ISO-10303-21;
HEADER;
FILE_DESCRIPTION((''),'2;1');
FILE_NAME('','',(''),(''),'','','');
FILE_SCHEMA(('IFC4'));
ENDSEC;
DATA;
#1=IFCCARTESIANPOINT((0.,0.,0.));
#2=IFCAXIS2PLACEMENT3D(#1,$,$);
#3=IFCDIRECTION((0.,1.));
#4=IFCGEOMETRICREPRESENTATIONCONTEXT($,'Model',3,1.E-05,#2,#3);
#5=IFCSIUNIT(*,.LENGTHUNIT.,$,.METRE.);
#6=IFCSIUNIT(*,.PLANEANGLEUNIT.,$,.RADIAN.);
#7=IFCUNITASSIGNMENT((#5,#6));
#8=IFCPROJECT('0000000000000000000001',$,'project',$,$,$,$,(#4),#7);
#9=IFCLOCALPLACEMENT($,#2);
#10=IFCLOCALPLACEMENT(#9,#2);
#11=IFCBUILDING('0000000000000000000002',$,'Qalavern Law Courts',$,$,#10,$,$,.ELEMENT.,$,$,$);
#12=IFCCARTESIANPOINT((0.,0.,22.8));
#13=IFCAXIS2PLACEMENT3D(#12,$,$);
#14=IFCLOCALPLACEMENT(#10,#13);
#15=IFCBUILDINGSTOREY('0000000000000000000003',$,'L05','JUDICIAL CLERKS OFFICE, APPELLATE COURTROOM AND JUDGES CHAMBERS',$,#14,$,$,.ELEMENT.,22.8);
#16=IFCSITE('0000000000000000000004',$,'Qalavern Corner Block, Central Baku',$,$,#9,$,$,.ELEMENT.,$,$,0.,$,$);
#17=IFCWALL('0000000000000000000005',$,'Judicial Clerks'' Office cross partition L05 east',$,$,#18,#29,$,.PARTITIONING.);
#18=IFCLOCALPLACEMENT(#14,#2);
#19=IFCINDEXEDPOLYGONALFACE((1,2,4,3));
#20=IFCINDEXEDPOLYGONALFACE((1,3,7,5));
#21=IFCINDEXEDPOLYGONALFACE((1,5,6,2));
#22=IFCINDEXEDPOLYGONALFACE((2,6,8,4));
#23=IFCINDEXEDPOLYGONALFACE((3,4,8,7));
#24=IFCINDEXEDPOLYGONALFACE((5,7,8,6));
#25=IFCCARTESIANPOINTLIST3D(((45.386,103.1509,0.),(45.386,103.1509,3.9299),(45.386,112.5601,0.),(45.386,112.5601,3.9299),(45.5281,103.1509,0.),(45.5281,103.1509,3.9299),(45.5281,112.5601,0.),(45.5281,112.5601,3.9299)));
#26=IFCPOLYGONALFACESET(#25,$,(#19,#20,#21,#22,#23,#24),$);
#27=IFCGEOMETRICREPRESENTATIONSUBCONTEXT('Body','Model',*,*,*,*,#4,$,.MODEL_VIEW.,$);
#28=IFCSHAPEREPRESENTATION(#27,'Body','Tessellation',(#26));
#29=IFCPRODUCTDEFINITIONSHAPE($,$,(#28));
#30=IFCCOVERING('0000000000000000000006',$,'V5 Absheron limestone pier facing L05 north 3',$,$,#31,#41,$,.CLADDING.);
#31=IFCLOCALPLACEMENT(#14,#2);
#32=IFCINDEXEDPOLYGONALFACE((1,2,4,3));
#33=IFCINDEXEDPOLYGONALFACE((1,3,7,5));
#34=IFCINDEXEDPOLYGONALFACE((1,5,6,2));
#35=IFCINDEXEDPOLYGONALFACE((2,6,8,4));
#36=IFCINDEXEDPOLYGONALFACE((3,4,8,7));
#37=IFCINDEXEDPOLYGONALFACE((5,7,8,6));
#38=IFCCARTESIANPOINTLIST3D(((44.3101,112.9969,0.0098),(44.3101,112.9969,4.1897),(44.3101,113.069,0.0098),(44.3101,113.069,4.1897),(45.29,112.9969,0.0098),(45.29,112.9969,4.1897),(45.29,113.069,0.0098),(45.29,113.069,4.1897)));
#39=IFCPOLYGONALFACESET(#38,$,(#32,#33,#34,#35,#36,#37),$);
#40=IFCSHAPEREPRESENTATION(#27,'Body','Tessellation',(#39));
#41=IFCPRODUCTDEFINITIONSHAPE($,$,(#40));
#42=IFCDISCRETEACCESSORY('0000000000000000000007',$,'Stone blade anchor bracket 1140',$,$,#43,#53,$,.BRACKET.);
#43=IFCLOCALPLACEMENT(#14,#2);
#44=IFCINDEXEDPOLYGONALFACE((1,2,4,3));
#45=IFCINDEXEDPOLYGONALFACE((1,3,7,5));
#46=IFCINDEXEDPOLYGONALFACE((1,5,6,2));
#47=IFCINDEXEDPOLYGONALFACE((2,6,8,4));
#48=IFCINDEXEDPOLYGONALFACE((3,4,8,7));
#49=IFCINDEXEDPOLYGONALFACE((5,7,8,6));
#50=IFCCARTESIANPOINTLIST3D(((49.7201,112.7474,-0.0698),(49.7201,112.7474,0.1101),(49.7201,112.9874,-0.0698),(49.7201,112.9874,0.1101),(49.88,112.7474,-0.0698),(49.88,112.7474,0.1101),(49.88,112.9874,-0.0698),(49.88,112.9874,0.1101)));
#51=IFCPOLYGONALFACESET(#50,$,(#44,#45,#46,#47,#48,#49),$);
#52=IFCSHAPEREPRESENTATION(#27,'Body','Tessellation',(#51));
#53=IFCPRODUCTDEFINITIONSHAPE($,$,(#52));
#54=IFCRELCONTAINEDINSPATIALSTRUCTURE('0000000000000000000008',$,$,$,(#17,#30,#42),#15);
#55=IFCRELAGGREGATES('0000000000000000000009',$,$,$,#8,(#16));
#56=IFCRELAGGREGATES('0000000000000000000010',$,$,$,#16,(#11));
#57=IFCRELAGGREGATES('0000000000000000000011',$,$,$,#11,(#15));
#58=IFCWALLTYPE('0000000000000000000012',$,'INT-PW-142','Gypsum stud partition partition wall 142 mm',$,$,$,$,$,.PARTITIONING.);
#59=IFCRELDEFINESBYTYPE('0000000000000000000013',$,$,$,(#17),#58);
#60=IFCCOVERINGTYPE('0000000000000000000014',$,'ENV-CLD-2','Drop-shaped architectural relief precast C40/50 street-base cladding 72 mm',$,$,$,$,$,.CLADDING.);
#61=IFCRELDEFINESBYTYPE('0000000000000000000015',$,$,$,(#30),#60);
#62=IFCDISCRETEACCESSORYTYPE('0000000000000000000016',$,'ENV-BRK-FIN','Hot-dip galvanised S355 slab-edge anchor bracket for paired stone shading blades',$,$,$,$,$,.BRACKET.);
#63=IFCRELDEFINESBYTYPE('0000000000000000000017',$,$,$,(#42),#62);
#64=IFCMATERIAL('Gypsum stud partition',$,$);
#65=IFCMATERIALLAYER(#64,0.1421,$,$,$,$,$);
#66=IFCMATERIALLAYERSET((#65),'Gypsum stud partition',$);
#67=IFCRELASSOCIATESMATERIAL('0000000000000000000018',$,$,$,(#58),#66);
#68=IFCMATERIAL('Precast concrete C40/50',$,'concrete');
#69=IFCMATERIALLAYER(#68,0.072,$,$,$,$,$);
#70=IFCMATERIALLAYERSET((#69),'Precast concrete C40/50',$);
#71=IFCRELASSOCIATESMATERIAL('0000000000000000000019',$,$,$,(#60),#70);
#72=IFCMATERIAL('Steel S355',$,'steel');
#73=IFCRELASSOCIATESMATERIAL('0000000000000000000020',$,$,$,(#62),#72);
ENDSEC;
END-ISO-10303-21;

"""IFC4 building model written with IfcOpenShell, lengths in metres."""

from ifc_helpers import new_model, si_unit, direction, frame, frame_2d, origin, origin_2d, place, context, subcontext, project, spatial, rectangle, extrude, material, layer, layer_set, type_object, element, save


model = new_model("IFC4")

# Units and contexts
model_context = context("Model", 3, precision=1e-05, world=origin(), true_north=direction((0.0, 1.0)))
body_context = subcontext(model_context, "Body", "Model", "MODEL_VIEW")
ifc_project = project(units=[si_unit("LENGTHUNIT", "METRE"), si_unit("PLANEANGLEUNIT", "RADIAN")], contexts=[model_context])

# Site, building, storey
site_placement = place(None, origin())
site = spatial("IfcSite", under=ifc_project, at=site_placement, Name="Qalavern Corner Block, Central Baku", CompositionType="ELEMENT", RefElevation=0.0)
building_placement = place(site_placement, origin())
building = spatial("IfcBuilding", under=site, at=building_placement, Name="Qalavern Law Courts", CompositionType="ELEMENT")
storey_placement = place(building_placement, frame((0.0, 0.0, 22.8)))
storey = spatial("IfcBuildingStorey", under=building, at=storey_placement, Name="L05", Description="JUDICIAL CLERKS OFFICE, APPELLATE COURTROOM AND JUDGES CHAMBERS", CompositionType="ELEMENT", Elevation=22.8)

# Shared definitions
ifc_material_1 = material(Name="Steel S355", Category="steel")

# Wall
ifc_material_2 = material(Name="Gypsum stud partition")
ifc_layer_1 = layer(ifc_material_2, 0.1421)
ifc_layer_set_1 = layer_set([ifc_layer_1], Name="Gypsum stud partition")
wall_type_1 = type_object("IfcWallType", Name="INT-PW-142", Description="Gypsum stud partition partition wall 142 mm", PredefinedType="PARTITIONING", material=ifc_layer_set_1)
wall_1_placement = place(storey_placement, frame((45.457, 103.1509, 0.0), z_axis=(0.0, 0.0, 1.0), x_axis=(0.0, 1.0, 0.0)))
element("IfcWall", 1, at=wall_1_placement, inside=storey, type_object=wall_type_1, Name="Judicial Clerks' Office cross partition L05 east", PredefinedType="PARTITIONING", context=body_context, shape_type="SweptSolid", body=[
    extrude(rectangle(XDim=9.4092, YDim=0.1421, at=frame_2d((4.7046, 0.0))), origin(), (0.0, 0.0, 1.0), 3.9299),
])

# Covering
ifc_material_3 = material(Name="Precast concrete C40/50", Category="concrete")
ifc_layer_2 = layer(ifc_material_3, 0.072)
ifc_layer_set_2 = layer_set([ifc_layer_2], Name="Precast concrete C40/50")
covering_type = type_object("IfcCoveringType", Name="ENV-CLD-2", Description="Drop-shaped architectural relief precast C40/50 street-base cladding 72 mm", PredefinedType="CLADDING", material=ifc_layer_set_2)
covering_placement = place(storey_placement, frame((44.8, 113.033, 0.0098), z_axis=(0.0, 0.0, 1.0), x_axis=(-1.0, 0.0, 0.0)))
element("IfcCovering", 2, at=covering_placement, inside=storey, type_object=covering_type, Name="V5 Absheron limestone pier facing L05 north 3", PredefinedType="CLADDING", context=body_context, shape_type="SweptSolid", body=[
    extrude(rectangle(XDim=0.98, YDim=0.072, at=origin_2d()), origin(), (0.0, 0.0, 1.0), 4.1799),
])

# Discrete accessory
discrete_accessory_type = type_object("IfcDiscreteAccessoryType", Name="ENV-BRK-FIN", Description="Hot-dip galvanised S355 slab-edge anchor bracket for paired stone shading blades", PredefinedType="BRACKET", material=ifc_material_1)
discrete_accessory_placement = place(storey_placement, frame((49.8, 112.8674, -0.0698), z_axis=(0.0, 0.0, 1.0), x_axis=(0.0, 1.0, 0.0)))
element("IfcDiscreteAccessory", 3, at=discrete_accessory_placement, inside=storey, type_object=discrete_accessory_type, Name="Stone blade anchor bracket 1140", PredefinedType="BRACKET", context=body_context, shape_type="SweptSolid", body=[
    extrude(rectangle(XDim=0.24, YDim=0.1599, at=origin_2d()), origin(), (0.0, 0.0, 1.0), 0.1799),
])

save(model, "model.ifc")
